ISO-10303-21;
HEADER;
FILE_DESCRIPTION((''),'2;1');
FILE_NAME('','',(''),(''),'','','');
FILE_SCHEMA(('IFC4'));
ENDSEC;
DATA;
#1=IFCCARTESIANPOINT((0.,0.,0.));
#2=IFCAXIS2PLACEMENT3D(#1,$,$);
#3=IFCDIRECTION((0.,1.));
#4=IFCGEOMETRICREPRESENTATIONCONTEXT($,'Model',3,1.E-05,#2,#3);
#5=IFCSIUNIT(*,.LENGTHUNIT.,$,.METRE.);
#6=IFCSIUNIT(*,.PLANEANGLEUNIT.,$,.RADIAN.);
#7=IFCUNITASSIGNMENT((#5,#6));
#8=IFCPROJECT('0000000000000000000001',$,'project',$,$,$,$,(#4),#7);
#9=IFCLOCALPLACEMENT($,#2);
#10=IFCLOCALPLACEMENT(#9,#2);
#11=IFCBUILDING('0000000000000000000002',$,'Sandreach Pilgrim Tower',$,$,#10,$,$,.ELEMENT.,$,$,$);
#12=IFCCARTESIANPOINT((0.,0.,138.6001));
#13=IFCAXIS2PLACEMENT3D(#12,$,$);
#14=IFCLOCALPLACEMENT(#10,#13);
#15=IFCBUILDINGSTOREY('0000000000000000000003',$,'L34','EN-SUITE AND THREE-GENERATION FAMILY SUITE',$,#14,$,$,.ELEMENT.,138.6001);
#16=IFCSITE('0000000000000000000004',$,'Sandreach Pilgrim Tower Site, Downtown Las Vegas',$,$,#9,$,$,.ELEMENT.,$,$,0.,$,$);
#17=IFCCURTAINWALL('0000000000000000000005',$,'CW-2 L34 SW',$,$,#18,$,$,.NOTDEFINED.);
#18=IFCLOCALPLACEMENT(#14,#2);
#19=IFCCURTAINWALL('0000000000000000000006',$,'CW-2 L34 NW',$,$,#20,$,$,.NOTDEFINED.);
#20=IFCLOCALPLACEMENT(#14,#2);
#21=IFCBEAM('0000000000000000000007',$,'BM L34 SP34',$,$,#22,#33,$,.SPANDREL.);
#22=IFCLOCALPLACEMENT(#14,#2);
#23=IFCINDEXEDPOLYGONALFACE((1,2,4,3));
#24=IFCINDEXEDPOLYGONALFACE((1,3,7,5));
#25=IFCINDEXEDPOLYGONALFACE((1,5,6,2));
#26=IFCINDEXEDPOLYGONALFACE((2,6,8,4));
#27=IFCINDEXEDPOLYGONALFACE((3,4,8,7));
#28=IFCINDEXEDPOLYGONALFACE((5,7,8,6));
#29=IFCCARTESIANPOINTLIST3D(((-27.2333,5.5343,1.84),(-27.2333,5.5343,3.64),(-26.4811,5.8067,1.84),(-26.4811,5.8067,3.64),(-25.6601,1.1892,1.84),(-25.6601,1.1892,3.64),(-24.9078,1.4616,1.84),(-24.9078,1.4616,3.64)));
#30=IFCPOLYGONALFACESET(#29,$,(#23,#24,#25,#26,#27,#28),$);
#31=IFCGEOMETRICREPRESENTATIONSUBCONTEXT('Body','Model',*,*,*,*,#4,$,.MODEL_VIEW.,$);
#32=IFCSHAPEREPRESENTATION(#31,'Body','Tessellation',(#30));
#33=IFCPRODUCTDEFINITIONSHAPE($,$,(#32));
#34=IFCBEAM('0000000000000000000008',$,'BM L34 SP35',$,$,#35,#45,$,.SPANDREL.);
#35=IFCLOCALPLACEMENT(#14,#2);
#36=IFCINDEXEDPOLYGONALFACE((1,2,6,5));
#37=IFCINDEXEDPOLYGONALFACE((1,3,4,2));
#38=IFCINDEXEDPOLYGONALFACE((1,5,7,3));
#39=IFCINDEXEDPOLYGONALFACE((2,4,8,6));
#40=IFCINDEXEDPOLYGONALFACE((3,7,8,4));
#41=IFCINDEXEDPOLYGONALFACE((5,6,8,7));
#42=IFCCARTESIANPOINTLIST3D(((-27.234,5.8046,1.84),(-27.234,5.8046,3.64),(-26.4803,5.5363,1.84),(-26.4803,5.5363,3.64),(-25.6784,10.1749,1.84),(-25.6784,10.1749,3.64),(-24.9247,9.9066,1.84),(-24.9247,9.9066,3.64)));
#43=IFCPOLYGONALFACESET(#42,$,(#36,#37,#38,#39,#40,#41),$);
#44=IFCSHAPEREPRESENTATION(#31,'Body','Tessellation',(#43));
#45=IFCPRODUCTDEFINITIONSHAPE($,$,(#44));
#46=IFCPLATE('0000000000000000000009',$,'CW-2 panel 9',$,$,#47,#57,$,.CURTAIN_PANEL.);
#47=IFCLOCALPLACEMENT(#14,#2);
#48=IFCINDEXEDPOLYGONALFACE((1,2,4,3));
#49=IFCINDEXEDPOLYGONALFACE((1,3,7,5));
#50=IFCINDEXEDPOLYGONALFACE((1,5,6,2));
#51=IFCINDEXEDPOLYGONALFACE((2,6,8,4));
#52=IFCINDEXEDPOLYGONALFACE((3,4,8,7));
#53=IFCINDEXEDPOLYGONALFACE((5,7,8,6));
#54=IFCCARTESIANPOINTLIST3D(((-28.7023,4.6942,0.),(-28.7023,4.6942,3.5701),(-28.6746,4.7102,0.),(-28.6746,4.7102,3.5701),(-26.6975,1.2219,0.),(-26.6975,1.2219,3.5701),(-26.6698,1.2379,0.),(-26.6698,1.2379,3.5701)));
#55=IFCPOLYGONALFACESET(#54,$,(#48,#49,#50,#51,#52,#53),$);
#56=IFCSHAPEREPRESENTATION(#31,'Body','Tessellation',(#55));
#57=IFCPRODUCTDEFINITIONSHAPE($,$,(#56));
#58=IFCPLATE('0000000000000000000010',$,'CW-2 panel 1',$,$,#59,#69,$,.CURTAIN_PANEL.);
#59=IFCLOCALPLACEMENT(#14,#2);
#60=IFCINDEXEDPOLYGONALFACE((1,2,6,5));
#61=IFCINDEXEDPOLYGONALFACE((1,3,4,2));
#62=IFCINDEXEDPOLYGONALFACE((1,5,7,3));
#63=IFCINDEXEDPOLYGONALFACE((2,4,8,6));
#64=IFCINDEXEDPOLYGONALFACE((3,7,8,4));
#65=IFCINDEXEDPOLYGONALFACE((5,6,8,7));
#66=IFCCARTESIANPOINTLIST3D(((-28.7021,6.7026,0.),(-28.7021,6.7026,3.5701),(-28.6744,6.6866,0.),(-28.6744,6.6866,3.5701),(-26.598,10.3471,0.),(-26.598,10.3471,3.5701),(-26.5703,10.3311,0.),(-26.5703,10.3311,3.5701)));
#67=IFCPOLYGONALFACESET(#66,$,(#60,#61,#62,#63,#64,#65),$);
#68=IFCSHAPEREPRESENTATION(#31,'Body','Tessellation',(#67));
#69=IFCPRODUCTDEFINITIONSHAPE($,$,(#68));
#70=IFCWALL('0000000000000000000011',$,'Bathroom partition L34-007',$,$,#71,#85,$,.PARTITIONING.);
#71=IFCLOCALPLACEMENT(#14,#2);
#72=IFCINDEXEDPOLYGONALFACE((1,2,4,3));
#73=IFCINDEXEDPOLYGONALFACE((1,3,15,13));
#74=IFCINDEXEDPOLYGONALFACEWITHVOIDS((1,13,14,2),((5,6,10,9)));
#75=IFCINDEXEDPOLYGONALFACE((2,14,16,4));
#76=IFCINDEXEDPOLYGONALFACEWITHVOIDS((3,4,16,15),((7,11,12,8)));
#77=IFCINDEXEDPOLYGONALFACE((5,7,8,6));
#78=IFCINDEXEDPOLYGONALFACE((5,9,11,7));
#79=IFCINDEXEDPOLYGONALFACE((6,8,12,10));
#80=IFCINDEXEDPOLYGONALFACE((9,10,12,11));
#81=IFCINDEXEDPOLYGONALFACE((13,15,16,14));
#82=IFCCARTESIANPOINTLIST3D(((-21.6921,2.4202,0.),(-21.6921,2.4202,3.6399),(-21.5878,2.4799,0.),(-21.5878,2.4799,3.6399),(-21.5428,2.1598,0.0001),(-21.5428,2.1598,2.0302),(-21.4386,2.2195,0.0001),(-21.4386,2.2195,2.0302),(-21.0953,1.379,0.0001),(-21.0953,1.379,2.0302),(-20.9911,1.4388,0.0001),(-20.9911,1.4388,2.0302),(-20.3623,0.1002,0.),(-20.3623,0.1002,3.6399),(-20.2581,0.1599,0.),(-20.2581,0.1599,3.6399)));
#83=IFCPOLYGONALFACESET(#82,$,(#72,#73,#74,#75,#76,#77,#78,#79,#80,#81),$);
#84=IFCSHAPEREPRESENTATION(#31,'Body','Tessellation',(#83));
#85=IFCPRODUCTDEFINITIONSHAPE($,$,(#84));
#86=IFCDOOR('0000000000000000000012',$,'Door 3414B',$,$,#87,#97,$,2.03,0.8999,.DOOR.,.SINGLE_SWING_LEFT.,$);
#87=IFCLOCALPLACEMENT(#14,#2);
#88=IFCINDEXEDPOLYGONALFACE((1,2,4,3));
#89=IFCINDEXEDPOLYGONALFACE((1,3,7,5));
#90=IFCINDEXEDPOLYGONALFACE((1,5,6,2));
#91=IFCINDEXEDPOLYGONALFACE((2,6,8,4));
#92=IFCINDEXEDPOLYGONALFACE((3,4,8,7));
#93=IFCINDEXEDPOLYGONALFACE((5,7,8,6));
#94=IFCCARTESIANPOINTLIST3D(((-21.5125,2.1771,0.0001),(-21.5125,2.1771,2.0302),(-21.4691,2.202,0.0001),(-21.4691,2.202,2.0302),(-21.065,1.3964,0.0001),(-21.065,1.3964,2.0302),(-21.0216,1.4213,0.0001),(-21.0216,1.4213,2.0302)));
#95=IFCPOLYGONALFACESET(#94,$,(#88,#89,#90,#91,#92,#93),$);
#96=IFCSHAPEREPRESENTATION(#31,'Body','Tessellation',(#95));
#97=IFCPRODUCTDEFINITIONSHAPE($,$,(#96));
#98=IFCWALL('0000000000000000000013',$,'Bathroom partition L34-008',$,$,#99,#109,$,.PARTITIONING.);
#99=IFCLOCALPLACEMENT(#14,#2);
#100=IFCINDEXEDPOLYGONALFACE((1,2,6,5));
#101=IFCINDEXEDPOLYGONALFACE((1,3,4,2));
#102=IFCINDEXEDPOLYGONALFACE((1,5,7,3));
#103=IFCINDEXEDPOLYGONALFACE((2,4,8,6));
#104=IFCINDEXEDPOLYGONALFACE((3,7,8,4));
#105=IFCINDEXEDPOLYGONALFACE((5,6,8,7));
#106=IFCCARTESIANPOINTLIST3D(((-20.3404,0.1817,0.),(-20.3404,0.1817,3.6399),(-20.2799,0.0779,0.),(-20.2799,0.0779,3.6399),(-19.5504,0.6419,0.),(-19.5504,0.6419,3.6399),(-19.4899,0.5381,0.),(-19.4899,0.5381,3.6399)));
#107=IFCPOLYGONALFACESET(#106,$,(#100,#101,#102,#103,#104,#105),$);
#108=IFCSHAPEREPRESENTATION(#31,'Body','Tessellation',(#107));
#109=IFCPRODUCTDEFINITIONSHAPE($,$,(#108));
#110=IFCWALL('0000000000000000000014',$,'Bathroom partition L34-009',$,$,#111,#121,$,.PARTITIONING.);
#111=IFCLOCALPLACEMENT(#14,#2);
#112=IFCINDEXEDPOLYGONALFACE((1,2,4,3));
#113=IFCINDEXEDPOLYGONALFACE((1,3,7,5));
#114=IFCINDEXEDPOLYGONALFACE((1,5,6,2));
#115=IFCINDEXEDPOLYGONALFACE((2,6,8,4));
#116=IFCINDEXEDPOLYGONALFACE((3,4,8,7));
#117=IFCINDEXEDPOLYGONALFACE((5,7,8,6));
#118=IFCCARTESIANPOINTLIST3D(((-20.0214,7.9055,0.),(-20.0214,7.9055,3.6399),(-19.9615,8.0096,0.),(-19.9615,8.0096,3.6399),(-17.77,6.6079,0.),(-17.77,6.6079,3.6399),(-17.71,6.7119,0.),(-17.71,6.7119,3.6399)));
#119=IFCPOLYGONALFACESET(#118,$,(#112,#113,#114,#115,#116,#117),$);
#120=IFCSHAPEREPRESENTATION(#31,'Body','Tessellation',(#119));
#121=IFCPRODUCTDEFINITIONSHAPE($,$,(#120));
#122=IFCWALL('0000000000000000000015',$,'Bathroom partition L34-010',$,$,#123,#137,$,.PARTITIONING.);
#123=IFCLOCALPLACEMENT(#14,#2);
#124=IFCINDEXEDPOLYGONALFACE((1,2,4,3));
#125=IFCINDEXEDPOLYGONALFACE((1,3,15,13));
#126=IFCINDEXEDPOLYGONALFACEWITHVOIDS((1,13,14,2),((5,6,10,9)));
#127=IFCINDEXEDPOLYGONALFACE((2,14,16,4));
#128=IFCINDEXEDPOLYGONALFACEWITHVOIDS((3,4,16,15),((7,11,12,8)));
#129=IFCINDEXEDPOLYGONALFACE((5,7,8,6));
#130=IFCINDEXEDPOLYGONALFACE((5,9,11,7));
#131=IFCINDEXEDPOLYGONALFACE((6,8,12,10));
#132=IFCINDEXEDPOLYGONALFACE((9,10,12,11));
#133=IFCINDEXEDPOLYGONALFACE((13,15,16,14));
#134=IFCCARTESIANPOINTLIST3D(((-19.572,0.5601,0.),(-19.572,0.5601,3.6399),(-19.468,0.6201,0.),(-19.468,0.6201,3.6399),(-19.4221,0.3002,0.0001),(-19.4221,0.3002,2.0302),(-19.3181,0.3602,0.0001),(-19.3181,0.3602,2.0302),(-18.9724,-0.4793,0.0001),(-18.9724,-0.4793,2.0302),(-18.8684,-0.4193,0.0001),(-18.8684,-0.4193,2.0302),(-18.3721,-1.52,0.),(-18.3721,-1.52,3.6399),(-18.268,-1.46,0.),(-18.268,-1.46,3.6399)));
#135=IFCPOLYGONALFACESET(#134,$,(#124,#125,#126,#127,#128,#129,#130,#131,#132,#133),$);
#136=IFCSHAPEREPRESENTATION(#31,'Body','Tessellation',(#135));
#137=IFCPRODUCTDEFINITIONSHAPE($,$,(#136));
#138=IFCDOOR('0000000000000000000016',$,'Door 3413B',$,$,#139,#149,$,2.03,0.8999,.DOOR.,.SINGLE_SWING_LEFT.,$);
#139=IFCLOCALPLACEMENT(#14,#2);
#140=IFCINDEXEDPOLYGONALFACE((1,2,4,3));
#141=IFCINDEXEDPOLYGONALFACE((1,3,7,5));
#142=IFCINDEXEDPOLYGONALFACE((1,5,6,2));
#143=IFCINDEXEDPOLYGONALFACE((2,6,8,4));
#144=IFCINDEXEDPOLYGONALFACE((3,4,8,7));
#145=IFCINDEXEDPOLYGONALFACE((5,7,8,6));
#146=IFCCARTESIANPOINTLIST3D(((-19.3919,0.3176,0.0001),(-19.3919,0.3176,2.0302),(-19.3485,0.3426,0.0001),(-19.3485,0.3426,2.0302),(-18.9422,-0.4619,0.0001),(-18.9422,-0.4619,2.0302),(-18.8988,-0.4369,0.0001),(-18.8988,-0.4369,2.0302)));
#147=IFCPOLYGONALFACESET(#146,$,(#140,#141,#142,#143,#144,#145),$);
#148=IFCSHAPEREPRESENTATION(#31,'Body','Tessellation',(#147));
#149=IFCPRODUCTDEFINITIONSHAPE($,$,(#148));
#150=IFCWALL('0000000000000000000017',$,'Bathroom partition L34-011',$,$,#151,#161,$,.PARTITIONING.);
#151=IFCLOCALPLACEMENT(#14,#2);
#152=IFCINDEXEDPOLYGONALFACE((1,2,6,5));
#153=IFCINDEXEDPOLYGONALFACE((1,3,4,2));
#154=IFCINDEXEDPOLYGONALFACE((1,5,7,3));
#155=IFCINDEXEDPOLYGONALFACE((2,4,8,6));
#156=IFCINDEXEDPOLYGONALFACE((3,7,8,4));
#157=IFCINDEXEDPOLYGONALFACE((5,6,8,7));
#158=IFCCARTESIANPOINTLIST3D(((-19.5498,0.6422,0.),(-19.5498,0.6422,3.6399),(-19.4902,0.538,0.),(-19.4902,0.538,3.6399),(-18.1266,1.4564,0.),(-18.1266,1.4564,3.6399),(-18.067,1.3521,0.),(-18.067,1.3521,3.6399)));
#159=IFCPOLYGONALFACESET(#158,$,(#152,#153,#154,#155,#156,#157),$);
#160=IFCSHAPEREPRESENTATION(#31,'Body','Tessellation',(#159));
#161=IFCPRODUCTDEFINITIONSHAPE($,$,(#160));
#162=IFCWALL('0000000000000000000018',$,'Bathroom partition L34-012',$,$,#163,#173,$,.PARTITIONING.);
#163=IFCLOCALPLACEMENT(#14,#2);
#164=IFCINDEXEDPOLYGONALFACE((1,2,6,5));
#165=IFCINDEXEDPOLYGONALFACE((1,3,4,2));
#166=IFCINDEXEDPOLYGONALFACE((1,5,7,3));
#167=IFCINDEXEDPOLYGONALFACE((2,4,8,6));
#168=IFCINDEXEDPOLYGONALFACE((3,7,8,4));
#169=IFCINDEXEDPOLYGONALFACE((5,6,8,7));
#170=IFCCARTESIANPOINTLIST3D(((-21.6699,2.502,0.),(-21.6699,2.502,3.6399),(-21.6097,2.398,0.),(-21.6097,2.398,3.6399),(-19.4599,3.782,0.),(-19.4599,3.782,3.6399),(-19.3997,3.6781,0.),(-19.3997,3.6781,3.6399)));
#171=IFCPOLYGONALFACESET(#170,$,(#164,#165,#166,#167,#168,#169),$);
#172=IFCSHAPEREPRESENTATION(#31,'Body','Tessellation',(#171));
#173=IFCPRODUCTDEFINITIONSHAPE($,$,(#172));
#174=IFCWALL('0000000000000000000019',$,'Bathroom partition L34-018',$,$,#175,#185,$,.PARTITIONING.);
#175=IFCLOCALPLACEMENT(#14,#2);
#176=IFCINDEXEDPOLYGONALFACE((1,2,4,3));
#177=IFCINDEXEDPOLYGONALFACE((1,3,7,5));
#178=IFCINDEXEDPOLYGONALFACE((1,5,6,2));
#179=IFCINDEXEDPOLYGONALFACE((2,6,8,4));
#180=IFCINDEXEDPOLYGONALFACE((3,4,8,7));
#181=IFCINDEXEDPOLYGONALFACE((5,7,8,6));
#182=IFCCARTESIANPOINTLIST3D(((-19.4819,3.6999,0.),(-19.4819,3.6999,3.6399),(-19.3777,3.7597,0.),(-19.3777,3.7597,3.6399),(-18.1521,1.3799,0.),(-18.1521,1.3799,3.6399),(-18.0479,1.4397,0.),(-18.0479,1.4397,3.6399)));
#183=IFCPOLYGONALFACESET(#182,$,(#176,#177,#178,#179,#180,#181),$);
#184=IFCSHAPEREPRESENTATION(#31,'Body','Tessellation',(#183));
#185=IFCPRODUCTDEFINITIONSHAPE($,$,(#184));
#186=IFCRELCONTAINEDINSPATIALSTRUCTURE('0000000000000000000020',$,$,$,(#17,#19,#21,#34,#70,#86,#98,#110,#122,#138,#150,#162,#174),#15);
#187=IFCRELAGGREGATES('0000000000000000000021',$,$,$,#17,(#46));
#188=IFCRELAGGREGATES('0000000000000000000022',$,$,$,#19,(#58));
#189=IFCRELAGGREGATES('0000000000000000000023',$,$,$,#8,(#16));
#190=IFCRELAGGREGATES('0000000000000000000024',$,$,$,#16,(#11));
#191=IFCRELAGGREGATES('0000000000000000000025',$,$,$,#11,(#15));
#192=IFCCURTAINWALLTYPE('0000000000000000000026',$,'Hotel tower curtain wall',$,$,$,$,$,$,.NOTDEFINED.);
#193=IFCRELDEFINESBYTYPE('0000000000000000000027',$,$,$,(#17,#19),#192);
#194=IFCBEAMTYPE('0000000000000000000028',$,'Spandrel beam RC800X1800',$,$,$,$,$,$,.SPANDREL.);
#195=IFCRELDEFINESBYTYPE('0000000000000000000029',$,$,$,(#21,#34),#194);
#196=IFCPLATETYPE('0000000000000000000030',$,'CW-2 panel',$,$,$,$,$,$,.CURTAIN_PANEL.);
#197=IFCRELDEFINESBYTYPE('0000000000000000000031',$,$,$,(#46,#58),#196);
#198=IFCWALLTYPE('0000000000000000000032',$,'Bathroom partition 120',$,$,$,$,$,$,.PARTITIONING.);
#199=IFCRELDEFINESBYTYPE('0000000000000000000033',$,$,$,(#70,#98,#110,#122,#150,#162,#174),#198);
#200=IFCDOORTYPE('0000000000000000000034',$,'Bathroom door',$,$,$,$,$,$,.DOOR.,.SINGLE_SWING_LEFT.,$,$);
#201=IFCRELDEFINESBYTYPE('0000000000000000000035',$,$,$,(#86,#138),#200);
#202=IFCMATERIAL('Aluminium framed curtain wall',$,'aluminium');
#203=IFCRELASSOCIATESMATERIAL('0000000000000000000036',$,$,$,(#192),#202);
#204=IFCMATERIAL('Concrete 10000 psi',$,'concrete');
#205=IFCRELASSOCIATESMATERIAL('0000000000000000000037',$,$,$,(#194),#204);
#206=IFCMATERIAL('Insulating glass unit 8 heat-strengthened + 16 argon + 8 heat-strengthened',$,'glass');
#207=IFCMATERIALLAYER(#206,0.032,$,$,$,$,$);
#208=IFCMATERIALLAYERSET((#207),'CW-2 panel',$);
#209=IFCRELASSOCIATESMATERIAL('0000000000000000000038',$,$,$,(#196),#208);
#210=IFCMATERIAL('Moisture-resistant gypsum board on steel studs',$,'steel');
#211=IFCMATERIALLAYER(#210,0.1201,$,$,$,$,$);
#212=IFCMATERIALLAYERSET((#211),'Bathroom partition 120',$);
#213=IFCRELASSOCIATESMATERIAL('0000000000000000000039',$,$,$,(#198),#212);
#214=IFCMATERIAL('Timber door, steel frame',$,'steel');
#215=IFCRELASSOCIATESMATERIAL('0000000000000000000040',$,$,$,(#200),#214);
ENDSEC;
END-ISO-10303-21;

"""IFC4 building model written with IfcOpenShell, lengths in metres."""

from ifc_helpers import new_model, si_unit, direction, frame, frame_2d, origin, origin_2d, place, context, subcontext, project, spatial, rectangle, extrude, material, layer, layer_set, material_profile, profile_set, type_object, element, fill, aggregate, save


model = new_model("IFC4")

# Units and contexts
model_context = context("Model", 3, precision=1e-05, world=origin(), true_north=direction((0.0, 1.0)))
body_context = subcontext(model_context, "Body", "Model", "MODEL_VIEW")
ifc_project = project(units=[si_unit("LENGTHUNIT", "METRE"), si_unit("PLANEANGLEUNIT", "RADIAN")], contexts=[model_context])

# Site, building, storey
site_placement = place(None, origin())
site = spatial("IfcSite", under=ifc_project, at=site_placement, Name="Sandreach Pilgrim Tower Site, Downtown Las Vegas", CompositionType="ELEMENT", RefElevation=0.0)
building_placement = place(site_placement, origin())
building = spatial("IfcBuilding", under=site, at=building_placement, Name="Sandreach Pilgrim Tower", CompositionType="ELEMENT")
storey_placement = place(building_placement, frame((0.0, 0.0, 138.6001)))
storey = spatial("IfcBuildingStorey", under=building, at=storey_placement, Name="L34", Description="EN-SUITE AND THREE-GENERATION FAMILY SUITE", CompositionType="ELEMENT", Elevation=138.6001)

# Curtain wall
ifc_material_1 = material(Name="Aluminium framed curtain wall", Category="aluminium")
curtain_wall_type = type_object("IfcCurtainWallType", Name="Hotel tower curtain wall", PredefinedType="NOTDEFINED", material=ifc_material_1)
curtain_wall_1_placement = place(storey_placement, origin())
curtain_wall_1 = element("IfcCurtainWall", 1, at=curtain_wall_1_placement, inside=storey, type_object=curtain_wall_type, Name="CW-2 L34 SW", PredefinedType="NOTDEFINED")

# Curtain wall
curtain_wall_2_placement = place(storey_placement, origin())
curtain_wall_2 = element("IfcCurtainWall", 2, at=curtain_wall_2_placement, inside=storey, type_object=curtain_wall_type, Name="CW-2 L34 NW", PredefinedType="NOTDEFINED")

# Beams
ifc_material_2 = material(Name="Concrete 10000 psi", Category="concrete")
ifc_material_profile_1 = material_profile(ifc_material_2, rectangle(XDim=0.8, YDim=1.8, at=origin_2d()), Name="RC800X1800")
ifc_profile_set_1 = profile_set([ifc_material_profile_1], Name="Concrete 10000 psi")
beam_type_1 = type_object("IfcBeamType", Name="Spandrel beam RC800X1800", PredefinedType="SPANDREL", material=ifc_profile_set_1)
beam_1_placement = place(storey_placement, frame((-25.2839, 1.3254, 2.74), z_axis=(-0.340453, 0.940261, 0.0), x_axis=(-0.940261, -0.340453, 0.0)))
element("IfcBeam", 3, at=beam_1_placement, inside=storey, type_object=beam_type_1, Name="BM L34 SP34", PredefinedType="SPANDREL", context=body_context, shape_type="SweptSolid", body=[
    extrude(rectangle(XDim=0.8, YDim=1.8, at=origin_2d()), origin(), (0.0, 0.0, 1.0), 4.6211),
])
beam_2_placement = place(storey_placement, frame((-26.8572, 5.6704, 2.74), z_axis=(0.335346, 0.942095, 0.0), x_axis=(-0.942095, 0.335346, 0.0)))
element("IfcBeam", 4, at=beam_2_placement, inside=storey, type_object=beam_type_1, Name="BM L34 SP35", PredefinedType="SPANDREL", context=body_context, shape_type="SweptSolid", body=[
    extrude(rectangle(XDim=0.8, YDim=1.8, at=origin_2d()), origin(), (0.0, 0.0, 1.0), 4.6389),
])

# Plates
ifc_material_3 = material(Name="Insulating glass unit 8 heat-strengthened + 16 argon + 8 heat-strengthened", Category="glass")
ifc_layer_1 = layer(ifc_material_3, 0.032)
ifc_layer_set_1 = layer_set([ifc_layer_1], Name="CW-2 panel")
plate_type = type_object("IfcPlateType", Name="CW-2 panel", PredefinedType="CURTAIN_PANEL", material=ifc_layer_set_1)
plate_1_placement = place(storey_placement, frame((-27.686, 2.9661, 0.0), z_axis=(0.0, 0.0, 1.0), x_axis=(-0.5, 0.866025, 0.0)))
plate_1 = element("IfcPlate", 5, at=plate_1_placement, type_object=plate_type, Name="CW-2 panel 9", PredefinedType="CURTAIN_PANEL", context=body_context, shape_type="SweptSolid", body=[
    extrude(rectangle(XDim=4.0095, YDim=0.032, at=origin_2d()), origin(), (0.0, 0.0, 1.0), 3.5701),
])
aggregate(curtain_wall_1, [plate_1])
plate_2_placement = place(storey_placement, frame((-27.6362, 8.5168, 0.0), z_axis=(0.0, 0.0, 1.0), x_axis=(0.5, 0.866025, 0.0)))
plate_2 = element("IfcPlate", 6, at=plate_2_placement, type_object=plate_type, Name="CW-2 panel 1", PredefinedType="CURTAIN_PANEL", context=body_context, shape_type="SweptSolid", body=[
    extrude(rectangle(XDim=4.2083, YDim=0.032, at=origin_2d()), origin(), (0.0, 0.0, 1.0), 3.5701),
])
aggregate(curtain_wall_2, [plate_2])

# Wall, opening, door
ifc_material_4 = material(Name="Moisture-resistant gypsum board on steel studs", Category="steel")
ifc_layer_2 = layer(ifc_material_4, 0.1201)
ifc_layer_set_2 = layer_set([ifc_layer_2], Name="Bathroom partition 120")
wall_type_1 = type_object("IfcWallType", Name="Bathroom partition 120", PredefinedType="PARTITIONING", material=ifc_layer_set_2)
wall_1_placement = place(storey_placement, frame((-21.6399, 2.45, 0.0), z_axis=(0.0, 0.0, 1.0), x_axis=(0.497289, -0.867585, 0.0)))
wall_1 = element("IfcWall", 7, at=wall_1_placement, inside=storey, type_object=wall_type_1, Name="Bathroom partition L34-007", PredefinedType="PARTITIONING", context=body_context, shape_type="SweptSolid", body=[
    extrude(rectangle(XDim=2.6741, YDim=0.1201, at=frame_2d((1.3369, 0.0))), origin(), (0.0, 0.0, 1.0), 3.6399),
])
opening_1_placement = place(wall_1_placement, frame((0.3, 0.0, 0.0)))
opening_1 = element("IfcOpeningElement", 8, at=opening_1_placement, cuts=wall_1, PredefinedType="OPENING", context=body_context, shape_type="SweptSolid", body=[
    extrude(rectangle(XDim=0.8999, YDim=2.03, at=frame_2d((0.45, 1.0151))), frame((0.0, 0.0601, 0.0), z_axis=(0.0, -1.0, 0.0), x_axis=(1.0, 0.0, 0.0)), (0.0, 0.0, 1.0), 0.1201),
])
ifc_material_5 = material(Name="Timber door, steel frame", Category="steel")
door_type_1 = type_object("IfcDoorType", Name="Bathroom door", OperationType="SINGLE_SWING_LEFT", PredefinedType="DOOR", material=ifc_material_5)
door_1_placement = place(opening_1_placement, origin())
door_1 = element("IfcDoor", 9, at=door_1_placement, inside=storey, type_object=door_type_1, Name="Door 3414B", OperationType="SINGLE_SWING_LEFT", OverallHeight=2.03, OverallWidth=0.8999, PredefinedType="DOOR", context=body_context, shape_type="SweptSolid", body=[
    extrude(rectangle(XDim=0.8999, YDim=2.03, at=frame_2d((0.45, 1.0151))), frame((0.0, 0.0249, 0.0), z_axis=(0.0, -1.0, 0.0), x_axis=(1.0, 0.0, 0.0)), (0.0, 0.0, 1.0), 0.05),
])
fill(opening_1, door_1)

# Walls
wall_2_placement = place(storey_placement, frame((-20.3101, 0.1299, 0.0), z_axis=(0.0, 0.0, 1.0), x_axis=(0.864089, 0.50334, 0.0)))
element("IfcWall", 10, at=wall_2_placement, inside=storey, type_object=wall_type_1, Name="Bathroom partition L34-008", PredefinedType="PARTITIONING", context=body_context, shape_type="SweptSolid", body=[
    extrude(rectangle(XDim=0.9143, YDim=0.1201, at=frame_2d((0.457, 0.0))), origin(), (0.0, 0.0, 1.0), 3.6399),
])
wall_3_placement = place(storey_placement, frame((-19.9915, 7.9575, 0.0), z_axis=(0.0, 0.0, 1.0), x_axis=(0.866404, -0.499343, 0.0)))
element("IfcWall", 11, at=wall_3_placement, inside=storey, type_object=wall_type_1, Name="Bathroom partition L34-009", PredefinedType="PARTITIONING", context=body_context, shape_type="SweptSolid", body=[
    extrude(rectangle(XDim=2.5986, YDim=0.1201, at=frame_2d((1.2993, 0.0))), origin(), (0.0, 0.0, 1.0), 3.6399),
])

# Wall, opening, door
wall_4_placement = place(storey_placement, frame((-19.52, 0.5901, 0.0), z_axis=(0.0, 0.0, 1.0), x_axis=(0.499693, -0.866203, 0.0)))
wall_4 = element("IfcWall", 12, at=wall_4_placement, inside=storey, type_object=wall_type_1, Name="Bathroom partition L34-010", PredefinedType="PARTITIONING", context=body_context, shape_type="SweptSolid", body=[
    extrude(rectangle(XDim=2.4014, YDim=0.1201, at=frame_2d((1.2007, 0.0))), origin(), (0.0, 0.0, 1.0), 3.6399),
])
opening_2_placement = place(wall_4_placement, frame((0.3, 0.0, 0.0)))
opening_2 = element("IfcOpeningElement", 13, at=opening_2_placement, cuts=wall_4, PredefinedType="OPENING", context=body_context, shape_type="SweptSolid", body=[
    extrude(rectangle(XDim=0.8999, YDim=2.03, at=frame_2d((0.45, 1.0151))), frame((0.0, 0.0601, 0.0), z_axis=(0.0, -1.0, 0.0), x_axis=(1.0, 0.0, 0.0)), (0.0, 0.0, 1.0), 0.1201),
])
door_2_placement = place(opening_2_placement, origin())
door_2 = element("IfcDoor", 14, at=door_2_placement, inside=storey, type_object=door_type_1, Name="Door 3413B", OperationType="SINGLE_SWING_LEFT", OverallHeight=2.03, OverallWidth=0.8999, PredefinedType="DOOR", context=body_context, shape_type="SweptSolid", body=[
    extrude(rectangle(XDim=0.8999, YDim=2.03, at=frame_2d((0.45, 1.0151))), frame((0.0, 0.0249, 0.0), z_axis=(0.0, -1.0, 0.0), x_axis=(1.0, 0.0, 0.0)), (0.0, 0.0, 1.0), 0.05),
])
fill(opening_2, door_2)

# Walls
wall_5_placement = place(storey_placement, frame((-19.52, 0.5901, 0.0), z_axis=(0.0, 0.0, 1.0), x_axis=(0.868014, 0.49654, 0.0)))
element("IfcWall", 15, at=wall_5_placement, inside=storey, type_object=wall_type_1, Name="Bathroom partition L34-011", PredefinedType="PARTITIONING", context=body_context, shape_type="SweptSolid", body=[
    extrude(rectangle(XDim=1.6396, YDim=0.1201, at=frame_2d((0.8198, 0.0))), origin(), (0.0, 0.0, 1.0), 3.6399),
])
wall_6_placement = place(storey_placement, frame((-19.4299, 3.73, 0.0), z_axis=(0.0, 0.0, 1.0), x_axis=(-0.865328, -0.501206, 0.0)))
element("IfcWall", 16, at=wall_6_placement, inside=storey, type_object=wall_type_1, Name="Bathroom partition L34-012", PredefinedType="PARTITIONING", context=body_context, shape_type="SweptSolid", body=[
    extrude(rectangle(XDim=2.554, YDim=0.1201, at=frame_2d((1.2769, 0.0))), origin(), (0.0, 0.0, 1.0), 3.6399),
])
wall_7_placement = place(storey_placement, frame((-18.1001, 1.4099, 0.0), z_axis=(0.0, 0.0, 1.0), x_axis=(-0.497289, 0.867585, 0.0)))
element("IfcWall", 17, at=wall_7_placement, inside=storey, type_object=wall_type_1, Name="Bathroom partition L34-018", PredefinedType="PARTITIONING", context=body_context, shape_type="SweptSolid", body=[
    extrude(rectangle(XDim=2.6741, YDim=0.1201, at=frame_2d((1.3369, 0.0))), origin(), (0.0, 0.0, 1.0), 3.6399),
])

save(model, "model.ifc")
